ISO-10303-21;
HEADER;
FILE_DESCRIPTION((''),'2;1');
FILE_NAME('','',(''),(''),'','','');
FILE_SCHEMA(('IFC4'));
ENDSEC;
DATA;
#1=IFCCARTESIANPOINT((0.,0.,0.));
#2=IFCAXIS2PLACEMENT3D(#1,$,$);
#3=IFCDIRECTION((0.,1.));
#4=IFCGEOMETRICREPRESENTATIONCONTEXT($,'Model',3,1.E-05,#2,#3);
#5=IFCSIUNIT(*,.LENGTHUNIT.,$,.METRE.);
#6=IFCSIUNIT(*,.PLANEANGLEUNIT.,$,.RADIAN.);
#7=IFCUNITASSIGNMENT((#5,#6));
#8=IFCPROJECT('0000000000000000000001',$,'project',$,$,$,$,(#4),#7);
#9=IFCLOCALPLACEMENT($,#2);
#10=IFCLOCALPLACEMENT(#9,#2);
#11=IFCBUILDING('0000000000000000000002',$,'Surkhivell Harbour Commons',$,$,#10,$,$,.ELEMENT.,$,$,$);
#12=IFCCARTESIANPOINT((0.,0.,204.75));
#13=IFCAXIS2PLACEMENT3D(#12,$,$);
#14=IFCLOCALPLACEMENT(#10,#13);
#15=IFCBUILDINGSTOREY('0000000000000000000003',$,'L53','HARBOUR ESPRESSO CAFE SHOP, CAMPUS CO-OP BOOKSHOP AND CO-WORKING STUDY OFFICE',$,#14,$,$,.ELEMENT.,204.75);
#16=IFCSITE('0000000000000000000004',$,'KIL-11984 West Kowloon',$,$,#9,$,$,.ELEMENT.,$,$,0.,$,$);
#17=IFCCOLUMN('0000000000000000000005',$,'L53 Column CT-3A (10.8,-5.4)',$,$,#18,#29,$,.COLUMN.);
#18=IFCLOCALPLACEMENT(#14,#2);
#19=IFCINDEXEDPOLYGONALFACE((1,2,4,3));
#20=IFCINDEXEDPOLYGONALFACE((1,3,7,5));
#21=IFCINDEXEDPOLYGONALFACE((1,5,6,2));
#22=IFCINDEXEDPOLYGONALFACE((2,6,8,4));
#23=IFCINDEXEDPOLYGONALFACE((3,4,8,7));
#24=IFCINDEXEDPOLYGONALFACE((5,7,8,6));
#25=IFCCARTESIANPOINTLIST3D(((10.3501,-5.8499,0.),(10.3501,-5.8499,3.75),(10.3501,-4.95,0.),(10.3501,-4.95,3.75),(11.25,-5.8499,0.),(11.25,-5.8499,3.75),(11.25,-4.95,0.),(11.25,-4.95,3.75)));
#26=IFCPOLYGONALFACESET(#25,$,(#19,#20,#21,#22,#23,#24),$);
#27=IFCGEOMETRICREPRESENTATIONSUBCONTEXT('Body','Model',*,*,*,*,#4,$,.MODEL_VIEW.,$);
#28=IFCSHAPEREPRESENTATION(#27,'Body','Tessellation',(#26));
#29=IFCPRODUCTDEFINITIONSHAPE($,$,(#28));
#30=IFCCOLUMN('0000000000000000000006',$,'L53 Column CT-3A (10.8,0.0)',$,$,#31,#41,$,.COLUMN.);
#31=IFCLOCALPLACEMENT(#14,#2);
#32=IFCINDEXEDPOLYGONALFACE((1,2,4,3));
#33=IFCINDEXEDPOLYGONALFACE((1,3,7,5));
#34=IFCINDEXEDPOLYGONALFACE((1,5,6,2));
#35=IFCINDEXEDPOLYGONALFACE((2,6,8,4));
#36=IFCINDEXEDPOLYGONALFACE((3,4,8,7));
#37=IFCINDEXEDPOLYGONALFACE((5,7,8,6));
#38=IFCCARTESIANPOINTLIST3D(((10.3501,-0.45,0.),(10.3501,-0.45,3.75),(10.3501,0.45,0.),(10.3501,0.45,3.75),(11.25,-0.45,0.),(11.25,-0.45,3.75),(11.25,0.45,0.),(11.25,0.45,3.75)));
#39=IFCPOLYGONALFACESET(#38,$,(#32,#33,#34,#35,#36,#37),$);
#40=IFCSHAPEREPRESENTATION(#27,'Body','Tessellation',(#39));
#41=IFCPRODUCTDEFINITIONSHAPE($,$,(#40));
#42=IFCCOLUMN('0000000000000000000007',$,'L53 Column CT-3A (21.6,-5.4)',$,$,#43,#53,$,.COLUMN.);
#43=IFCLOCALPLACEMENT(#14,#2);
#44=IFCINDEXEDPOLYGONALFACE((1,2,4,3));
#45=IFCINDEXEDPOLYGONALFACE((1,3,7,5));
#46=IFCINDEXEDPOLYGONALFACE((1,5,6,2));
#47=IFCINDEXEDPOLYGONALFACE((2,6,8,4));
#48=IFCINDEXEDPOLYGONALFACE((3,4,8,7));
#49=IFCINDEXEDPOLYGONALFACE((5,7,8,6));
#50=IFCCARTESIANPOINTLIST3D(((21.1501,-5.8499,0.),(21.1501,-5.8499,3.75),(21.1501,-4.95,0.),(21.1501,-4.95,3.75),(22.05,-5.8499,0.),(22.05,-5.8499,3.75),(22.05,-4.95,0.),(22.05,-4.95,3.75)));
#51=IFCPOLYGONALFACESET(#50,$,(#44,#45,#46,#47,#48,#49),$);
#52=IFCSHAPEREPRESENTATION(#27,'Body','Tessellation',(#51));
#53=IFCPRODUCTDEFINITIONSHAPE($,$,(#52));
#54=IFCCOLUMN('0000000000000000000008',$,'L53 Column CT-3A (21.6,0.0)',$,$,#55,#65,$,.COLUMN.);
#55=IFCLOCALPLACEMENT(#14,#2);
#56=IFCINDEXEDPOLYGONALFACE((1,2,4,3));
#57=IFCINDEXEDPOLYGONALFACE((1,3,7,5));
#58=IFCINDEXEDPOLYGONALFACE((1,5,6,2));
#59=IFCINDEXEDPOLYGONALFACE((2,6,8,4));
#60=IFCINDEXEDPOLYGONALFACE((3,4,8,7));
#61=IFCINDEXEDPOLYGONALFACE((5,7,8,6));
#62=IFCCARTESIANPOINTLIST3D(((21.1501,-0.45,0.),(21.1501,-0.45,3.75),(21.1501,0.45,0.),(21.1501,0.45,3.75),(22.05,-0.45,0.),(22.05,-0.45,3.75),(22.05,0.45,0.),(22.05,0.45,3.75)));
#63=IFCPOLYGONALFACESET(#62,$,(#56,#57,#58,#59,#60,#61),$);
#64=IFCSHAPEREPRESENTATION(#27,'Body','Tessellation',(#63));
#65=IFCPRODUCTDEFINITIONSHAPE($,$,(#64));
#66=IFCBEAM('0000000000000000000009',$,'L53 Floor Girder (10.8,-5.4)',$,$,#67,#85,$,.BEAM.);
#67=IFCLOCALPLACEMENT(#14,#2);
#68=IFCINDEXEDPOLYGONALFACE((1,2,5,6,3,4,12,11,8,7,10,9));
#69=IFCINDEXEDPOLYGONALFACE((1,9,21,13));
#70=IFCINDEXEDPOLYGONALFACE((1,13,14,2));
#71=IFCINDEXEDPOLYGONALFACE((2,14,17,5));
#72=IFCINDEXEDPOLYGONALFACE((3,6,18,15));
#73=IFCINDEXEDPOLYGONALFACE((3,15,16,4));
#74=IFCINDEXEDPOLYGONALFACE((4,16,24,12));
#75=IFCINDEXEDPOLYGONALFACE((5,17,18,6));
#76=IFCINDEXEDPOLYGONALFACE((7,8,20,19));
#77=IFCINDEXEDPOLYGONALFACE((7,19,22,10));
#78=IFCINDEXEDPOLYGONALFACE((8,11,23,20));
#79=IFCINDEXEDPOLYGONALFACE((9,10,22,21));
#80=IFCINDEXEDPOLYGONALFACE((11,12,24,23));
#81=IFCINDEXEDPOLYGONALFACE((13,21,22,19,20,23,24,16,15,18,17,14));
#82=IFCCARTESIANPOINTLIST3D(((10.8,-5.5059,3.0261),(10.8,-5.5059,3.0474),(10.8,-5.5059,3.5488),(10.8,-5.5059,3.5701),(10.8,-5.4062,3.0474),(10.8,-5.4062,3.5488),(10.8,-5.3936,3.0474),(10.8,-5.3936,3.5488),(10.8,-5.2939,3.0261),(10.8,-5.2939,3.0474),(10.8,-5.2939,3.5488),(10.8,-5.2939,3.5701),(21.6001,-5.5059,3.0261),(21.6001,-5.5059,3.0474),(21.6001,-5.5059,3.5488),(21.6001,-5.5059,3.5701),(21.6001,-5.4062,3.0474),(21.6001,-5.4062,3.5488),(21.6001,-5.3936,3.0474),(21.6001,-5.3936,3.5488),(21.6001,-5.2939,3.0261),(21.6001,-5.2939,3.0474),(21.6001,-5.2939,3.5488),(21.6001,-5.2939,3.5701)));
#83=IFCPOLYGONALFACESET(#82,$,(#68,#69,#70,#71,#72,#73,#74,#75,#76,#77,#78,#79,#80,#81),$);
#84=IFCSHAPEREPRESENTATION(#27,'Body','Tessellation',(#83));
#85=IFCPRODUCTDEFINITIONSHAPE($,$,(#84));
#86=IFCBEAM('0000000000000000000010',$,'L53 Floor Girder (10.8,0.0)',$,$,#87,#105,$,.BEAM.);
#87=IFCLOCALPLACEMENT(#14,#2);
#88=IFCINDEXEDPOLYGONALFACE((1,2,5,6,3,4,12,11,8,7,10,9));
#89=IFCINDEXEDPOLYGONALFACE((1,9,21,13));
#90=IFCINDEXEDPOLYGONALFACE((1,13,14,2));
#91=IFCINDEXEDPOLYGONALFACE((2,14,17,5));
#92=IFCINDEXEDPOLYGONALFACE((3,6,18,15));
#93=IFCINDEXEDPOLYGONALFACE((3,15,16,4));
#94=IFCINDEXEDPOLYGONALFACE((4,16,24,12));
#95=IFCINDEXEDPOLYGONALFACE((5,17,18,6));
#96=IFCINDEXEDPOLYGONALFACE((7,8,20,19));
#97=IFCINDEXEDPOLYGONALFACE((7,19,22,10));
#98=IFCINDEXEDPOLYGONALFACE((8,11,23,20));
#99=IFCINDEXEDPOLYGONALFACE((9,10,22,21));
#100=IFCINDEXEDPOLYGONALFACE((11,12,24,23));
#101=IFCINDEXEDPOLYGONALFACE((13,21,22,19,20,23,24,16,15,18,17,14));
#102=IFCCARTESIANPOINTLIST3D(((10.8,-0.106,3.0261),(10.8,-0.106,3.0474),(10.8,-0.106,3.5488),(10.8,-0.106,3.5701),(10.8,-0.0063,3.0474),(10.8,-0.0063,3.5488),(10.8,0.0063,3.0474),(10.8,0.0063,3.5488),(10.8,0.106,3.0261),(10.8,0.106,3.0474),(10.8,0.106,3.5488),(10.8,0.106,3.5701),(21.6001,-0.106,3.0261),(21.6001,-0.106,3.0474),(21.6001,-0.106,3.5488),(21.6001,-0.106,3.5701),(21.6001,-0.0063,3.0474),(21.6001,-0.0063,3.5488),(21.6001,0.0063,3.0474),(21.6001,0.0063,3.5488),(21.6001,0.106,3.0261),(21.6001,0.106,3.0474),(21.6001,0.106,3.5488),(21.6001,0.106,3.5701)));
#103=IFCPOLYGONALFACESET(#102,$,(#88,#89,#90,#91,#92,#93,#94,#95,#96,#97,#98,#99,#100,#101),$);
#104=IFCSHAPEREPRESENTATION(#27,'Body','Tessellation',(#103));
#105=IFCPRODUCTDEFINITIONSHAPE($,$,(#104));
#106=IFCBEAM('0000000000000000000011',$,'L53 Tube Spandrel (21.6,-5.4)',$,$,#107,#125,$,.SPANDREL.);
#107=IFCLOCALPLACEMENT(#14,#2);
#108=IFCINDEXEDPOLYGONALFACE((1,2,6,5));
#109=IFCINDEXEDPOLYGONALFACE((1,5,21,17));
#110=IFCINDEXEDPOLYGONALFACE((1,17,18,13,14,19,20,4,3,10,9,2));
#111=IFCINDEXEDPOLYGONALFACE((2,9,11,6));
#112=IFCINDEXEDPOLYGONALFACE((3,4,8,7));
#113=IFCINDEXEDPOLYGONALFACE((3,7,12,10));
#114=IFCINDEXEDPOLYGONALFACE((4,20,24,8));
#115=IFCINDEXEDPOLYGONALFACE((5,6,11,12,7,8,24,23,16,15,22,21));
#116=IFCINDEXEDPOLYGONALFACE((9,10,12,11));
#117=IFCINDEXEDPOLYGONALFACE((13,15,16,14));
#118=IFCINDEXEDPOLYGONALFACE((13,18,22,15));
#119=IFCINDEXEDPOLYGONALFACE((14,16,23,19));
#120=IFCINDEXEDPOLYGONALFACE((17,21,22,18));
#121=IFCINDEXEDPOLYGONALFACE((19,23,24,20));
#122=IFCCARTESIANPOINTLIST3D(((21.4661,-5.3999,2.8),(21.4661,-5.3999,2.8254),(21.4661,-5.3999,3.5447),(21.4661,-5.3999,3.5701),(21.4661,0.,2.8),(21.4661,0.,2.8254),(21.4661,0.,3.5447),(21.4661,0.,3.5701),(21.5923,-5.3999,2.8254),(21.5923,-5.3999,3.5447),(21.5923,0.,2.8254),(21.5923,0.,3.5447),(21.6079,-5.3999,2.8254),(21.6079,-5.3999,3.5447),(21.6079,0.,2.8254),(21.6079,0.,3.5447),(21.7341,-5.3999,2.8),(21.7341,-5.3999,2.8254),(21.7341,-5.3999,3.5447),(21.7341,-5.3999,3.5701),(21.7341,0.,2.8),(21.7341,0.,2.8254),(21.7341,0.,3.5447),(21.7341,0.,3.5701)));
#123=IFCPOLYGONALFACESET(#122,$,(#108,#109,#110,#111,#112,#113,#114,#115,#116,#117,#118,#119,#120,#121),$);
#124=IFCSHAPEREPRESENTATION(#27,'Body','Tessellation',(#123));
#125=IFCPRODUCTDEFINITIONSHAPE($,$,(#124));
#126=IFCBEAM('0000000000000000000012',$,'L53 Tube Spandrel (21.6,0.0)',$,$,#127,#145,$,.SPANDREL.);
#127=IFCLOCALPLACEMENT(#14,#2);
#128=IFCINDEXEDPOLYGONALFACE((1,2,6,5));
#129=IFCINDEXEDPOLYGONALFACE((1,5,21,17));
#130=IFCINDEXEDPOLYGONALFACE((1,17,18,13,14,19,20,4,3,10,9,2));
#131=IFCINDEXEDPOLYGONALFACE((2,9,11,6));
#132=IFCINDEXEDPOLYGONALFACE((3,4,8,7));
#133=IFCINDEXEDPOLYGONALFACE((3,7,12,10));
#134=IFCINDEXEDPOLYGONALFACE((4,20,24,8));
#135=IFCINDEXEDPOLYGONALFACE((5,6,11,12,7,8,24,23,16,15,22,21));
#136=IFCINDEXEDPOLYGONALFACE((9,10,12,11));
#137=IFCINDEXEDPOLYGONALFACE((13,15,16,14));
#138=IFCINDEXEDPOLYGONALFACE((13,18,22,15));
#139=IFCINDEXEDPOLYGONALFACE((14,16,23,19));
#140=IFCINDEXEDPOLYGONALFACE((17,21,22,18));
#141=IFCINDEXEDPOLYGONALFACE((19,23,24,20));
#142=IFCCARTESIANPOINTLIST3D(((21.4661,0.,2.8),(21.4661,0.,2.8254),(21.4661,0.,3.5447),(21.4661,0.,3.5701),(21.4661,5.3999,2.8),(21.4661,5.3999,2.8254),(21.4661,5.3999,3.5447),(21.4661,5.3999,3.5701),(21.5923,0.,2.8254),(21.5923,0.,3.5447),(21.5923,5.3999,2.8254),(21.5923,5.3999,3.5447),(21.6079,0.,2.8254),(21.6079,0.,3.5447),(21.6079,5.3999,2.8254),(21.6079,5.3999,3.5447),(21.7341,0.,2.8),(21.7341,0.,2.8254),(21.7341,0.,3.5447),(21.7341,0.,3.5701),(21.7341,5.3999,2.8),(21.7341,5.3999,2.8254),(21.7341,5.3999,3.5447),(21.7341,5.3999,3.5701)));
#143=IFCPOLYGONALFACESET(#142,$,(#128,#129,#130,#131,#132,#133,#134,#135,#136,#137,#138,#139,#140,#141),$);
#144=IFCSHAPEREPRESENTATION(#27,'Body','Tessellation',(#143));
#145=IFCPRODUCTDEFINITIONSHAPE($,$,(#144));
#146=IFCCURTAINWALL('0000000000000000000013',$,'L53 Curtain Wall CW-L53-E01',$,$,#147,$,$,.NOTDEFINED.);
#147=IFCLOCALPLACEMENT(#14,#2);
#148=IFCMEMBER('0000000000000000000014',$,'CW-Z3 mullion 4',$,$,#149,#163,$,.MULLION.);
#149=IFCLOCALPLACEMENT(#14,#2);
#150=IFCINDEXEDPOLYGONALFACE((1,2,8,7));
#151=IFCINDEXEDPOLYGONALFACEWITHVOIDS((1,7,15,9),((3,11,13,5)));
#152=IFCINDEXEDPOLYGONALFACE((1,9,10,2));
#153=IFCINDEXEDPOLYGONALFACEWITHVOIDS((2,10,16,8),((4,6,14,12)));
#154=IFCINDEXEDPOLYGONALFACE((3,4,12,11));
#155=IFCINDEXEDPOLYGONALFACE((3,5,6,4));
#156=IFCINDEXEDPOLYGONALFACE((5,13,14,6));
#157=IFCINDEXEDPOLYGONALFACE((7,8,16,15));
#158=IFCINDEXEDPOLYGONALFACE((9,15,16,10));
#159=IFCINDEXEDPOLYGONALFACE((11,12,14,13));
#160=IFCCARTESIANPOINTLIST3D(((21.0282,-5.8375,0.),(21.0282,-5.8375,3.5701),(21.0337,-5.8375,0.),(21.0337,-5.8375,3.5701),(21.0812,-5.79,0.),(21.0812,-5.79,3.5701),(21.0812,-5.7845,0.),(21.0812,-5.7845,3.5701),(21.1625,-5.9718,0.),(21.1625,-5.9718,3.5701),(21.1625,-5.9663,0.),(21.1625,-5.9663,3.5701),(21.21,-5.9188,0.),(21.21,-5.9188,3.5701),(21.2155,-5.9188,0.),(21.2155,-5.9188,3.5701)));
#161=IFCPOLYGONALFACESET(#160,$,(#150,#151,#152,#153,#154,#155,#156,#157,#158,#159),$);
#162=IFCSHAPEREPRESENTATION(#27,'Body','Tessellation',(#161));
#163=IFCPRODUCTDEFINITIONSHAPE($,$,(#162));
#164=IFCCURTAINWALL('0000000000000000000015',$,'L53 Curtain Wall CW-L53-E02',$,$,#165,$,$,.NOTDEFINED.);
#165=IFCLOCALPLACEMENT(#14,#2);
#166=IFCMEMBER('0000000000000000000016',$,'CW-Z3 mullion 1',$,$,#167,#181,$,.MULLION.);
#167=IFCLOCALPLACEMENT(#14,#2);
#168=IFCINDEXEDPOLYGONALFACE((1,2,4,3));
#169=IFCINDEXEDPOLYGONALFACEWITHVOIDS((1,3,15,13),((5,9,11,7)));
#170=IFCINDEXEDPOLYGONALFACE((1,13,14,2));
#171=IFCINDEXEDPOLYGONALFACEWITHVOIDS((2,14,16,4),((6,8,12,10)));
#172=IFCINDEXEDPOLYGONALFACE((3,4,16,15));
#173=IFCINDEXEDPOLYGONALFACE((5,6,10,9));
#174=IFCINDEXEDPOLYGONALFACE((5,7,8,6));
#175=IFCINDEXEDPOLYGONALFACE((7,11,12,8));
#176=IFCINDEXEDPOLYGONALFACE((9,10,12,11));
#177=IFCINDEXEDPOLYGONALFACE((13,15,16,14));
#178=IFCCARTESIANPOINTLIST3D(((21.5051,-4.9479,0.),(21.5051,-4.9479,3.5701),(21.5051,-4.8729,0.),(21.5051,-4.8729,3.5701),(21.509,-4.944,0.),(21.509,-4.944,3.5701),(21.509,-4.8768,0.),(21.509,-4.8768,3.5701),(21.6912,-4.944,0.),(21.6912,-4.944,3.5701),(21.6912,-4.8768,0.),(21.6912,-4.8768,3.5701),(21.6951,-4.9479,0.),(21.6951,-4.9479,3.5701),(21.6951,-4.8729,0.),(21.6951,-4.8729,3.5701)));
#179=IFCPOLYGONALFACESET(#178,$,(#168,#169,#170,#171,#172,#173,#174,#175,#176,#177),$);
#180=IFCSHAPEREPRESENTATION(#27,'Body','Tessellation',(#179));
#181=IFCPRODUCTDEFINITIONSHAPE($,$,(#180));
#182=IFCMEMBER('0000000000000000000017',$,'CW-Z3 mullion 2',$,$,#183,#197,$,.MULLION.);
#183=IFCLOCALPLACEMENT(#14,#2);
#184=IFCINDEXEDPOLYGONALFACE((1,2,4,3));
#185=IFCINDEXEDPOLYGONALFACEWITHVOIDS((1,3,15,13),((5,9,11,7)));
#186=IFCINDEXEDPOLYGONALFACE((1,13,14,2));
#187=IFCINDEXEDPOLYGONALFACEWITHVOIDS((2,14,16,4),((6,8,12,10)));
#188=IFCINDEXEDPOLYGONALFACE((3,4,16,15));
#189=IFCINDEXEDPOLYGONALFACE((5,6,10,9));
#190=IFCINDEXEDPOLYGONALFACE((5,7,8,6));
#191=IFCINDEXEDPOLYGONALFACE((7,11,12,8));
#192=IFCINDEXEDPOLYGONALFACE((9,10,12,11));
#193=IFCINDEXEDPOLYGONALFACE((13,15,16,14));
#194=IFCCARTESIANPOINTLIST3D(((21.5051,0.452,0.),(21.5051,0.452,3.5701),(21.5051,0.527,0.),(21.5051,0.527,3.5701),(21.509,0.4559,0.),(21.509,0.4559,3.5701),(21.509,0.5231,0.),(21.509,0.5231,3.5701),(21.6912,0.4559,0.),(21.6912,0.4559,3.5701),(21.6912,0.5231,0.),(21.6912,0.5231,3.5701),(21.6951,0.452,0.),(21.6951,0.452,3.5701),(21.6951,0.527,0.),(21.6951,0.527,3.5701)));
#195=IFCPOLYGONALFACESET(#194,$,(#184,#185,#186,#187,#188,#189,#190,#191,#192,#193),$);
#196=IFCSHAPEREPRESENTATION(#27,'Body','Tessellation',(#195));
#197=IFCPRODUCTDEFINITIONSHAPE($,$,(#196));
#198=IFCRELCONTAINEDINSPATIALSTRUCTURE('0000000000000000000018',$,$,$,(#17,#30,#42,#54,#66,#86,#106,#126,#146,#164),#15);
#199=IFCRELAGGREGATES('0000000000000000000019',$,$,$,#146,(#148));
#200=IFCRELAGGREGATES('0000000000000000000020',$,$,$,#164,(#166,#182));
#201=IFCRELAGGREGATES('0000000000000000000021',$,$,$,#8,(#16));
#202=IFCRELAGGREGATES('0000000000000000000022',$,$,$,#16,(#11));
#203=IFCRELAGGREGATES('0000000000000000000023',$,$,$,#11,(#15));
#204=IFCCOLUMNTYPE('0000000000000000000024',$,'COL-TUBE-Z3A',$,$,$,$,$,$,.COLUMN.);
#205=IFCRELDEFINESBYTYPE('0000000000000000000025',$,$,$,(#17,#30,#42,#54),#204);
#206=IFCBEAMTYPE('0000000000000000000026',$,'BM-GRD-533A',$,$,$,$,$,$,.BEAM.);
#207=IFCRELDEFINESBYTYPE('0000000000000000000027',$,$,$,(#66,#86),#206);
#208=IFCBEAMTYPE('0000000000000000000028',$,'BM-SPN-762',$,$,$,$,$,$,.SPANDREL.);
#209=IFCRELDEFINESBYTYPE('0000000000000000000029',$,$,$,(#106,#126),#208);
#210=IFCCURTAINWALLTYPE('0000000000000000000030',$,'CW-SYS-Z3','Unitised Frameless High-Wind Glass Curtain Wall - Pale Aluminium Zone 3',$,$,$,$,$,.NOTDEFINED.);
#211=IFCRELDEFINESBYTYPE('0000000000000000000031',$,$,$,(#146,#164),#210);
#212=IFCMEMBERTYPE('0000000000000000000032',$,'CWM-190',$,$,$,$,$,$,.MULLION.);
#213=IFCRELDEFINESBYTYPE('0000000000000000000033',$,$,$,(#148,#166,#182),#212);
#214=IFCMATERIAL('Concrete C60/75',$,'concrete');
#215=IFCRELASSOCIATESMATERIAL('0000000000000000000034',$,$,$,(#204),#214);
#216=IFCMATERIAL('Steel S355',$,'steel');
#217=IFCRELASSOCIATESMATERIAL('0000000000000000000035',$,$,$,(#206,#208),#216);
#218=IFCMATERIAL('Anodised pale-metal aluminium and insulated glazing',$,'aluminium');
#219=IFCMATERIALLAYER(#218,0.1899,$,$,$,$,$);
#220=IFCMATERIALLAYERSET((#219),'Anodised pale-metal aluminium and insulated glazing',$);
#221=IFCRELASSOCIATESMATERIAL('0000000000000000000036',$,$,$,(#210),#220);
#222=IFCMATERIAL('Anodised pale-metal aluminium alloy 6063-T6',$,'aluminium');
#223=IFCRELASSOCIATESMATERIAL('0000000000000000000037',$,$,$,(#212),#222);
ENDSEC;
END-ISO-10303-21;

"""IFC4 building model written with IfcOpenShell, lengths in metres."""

from ifc_helpers import new_model, si_unit, direction, frame, origin, origin_2d, place, context, subcontext, project, spatial, rectangle, hollow_rectangle, i_section, extrude, material, layer, layer_set, material_profile, profile_set, type_object, element, aggregate, save


model = new_model("IFC4")

# Units and contexts
model_context = context("Model", 3, precision=1e-05, world=origin(), true_north=direction((0.0, 1.0)))
body_context = subcontext(model_context, "Body", "Model", "MODEL_VIEW")
ifc_project = project(units=[si_unit("LENGTHUNIT", "METRE"), si_unit("PLANEANGLEUNIT", "RADIAN")], contexts=[model_context])

# Site, building, storey
site_placement = place(None, origin())
site = spatial("IfcSite", under=ifc_project, at=site_placement, Name="KIL-11984 West Kowloon", CompositionType="ELEMENT", RefElevation=0.0)
building_placement = place(site_placement, origin())
building = spatial("IfcBuilding", under=site, at=building_placement, Name="Surkhivell Harbour Commons", CompositionType="ELEMENT")
storey_placement = place(building_placement, frame((0.0, 0.0, 204.75)))
storey = spatial("IfcBuildingStorey", under=building, at=storey_placement, Name="L53", Description="HARBOUR ESPRESSO CAFE SHOP, CAMPUS CO-OP BOOKSHOP AND CO-WORKING STUDY OFFICE", CompositionType="ELEMENT", Elevation=204.75)

# Columns
ifc_material_1 = material(Name="Concrete C60/75", Category="concrete")
ifc_material_profile_1 = material_profile(ifc_material_1, rectangle(XDim=0.8999, YDim=0.8999, at=origin_2d()), Name="RC-COL-900x900")
ifc_profile_set_1 = profile_set([ifc_material_profile_1], Name="Concrete C60/75")
column_type = type_object("IfcColumnType", Name="COL-TUBE-Z3A", PredefinedType="COLUMN", material=ifc_profile_set_1)
for number, where, z_axis, x_axis, name in (
    (1, (10.8, -5.3999, 0.0), (0.0, 0.0, 1.0), (1.0, 0.0, 0.0), "L53 Column CT-3A (10.8,-5.4)"),
    (2, (10.8, 0.0, 0.0), (0.0, 0.0, 1.0), (1.0, 0.0, 0.0), "L53 Column CT-3A (10.8,0.0)"),
    (3, (21.6001, -5.3999, 0.0), (0.0, 0.0, 1.0), (1.0, 0.0, 0.0), "L53 Column CT-3A (21.6,-5.4)"),
    (4, (21.6001, 0.0, 0.0), (0.0, 0.0, 1.0), (1.0, 0.0, 0.0), "L53 Column CT-3A (21.6,0.0)"),
):
    element("IfcColumn", number, at=place(storey_placement, frame(where, z_axis=z_axis, x_axis=x_axis)), inside=storey, type_object=column_type, Name=name, PredefinedType="COLUMN", context=body_context, shape_type="SweptSolid", body=[
        extrude(rectangle(XDim=0.8999, YDim=0.8999, at=origin_2d()), origin(), (0.0, 0.0, 1.0), 3.75),
    ])

# Beams
ifc_material_2 = material(Name="Steel S355", Category="steel")
ifc_material_profile_2 = material_profile(ifc_material_2, i_section(OverallWidth=0.2119, OverallDepth=0.5439, WebThickness=0.0127, FlangeThickness=0.0212, at=origin_2d()), Name="UB533x210x122")
ifc_profile_set_2 = profile_set([ifc_material_profile_2], Name="Steel S355")
beam_type_1 = type_object("IfcBeamType", Name="BM-GRD-533A", PredefinedType="BEAM", material=ifc_profile_set_2)
for number, where, z_axis, x_axis, name in (
    (5, (10.8, -5.3999, 3.2981), (1.0, 0.0, 0.0), (0.0, 1.0, 0.0), "L53 Floor Girder (10.8,-5.4)"),
    (6, (10.8, 0.0, 3.2981), (1.0, 0.0, 0.0), (0.0, 1.0, 0.0), "L53 Floor Girder (10.8,0.0)"),
):
    element("IfcBeam", number, at=place(storey_placement, frame(where, z_axis=z_axis, x_axis=x_axis)), inside=storey, type_object=beam_type_1, Name=name, PredefinedType="BEAM", context=body_context, shape_type="SweptSolid", body=[
        extrude(i_section(OverallWidth=0.2119, OverallDepth=0.5439, WebThickness=0.0127, FlangeThickness=0.0212, at=origin_2d()), origin(), (0.0, 0.0, 1.0), 10.8),
    ])
ifc_material_profile_3 = material_profile(ifc_material_2, i_section(OverallWidth=0.2681, OverallDepth=0.77, WebThickness=0.0156, FlangeThickness=0.0254, at=origin_2d()), Name="UB762x267x197")
ifc_profile_set_3 = profile_set([ifc_material_profile_3], Name="Steel S355")
beam_type_2 = type_object("IfcBeamType", Name="BM-SPN-762", PredefinedType="SPANDREL", material=ifc_profile_set_3)
for number, where, z_axis, x_axis, name in (
    (7, (21.6001, -5.3999, 3.1851), (0.0, 1.0, 0.0), (-1.0, 0.0, 0.0), "L53 Tube Spandrel (21.6,-5.4)"),
    (8, (21.6001, 0.0, 3.1851), (0.0, 1.0, 0.0), (-1.0, 0.0, 0.0), "L53 Tube Spandrel (21.6,0.0)"),
):
    element("IfcBeam", number, at=place(storey_placement, frame(where, z_axis=z_axis, x_axis=x_axis)), inside=storey, type_object=beam_type_2, Name=name, PredefinedType="SPANDREL", context=body_context, shape_type="SweptSolid", body=[
        extrude(i_section(OverallWidth=0.2681, OverallDepth=0.77, WebThickness=0.0156, FlangeThickness=0.0254, at=origin_2d()), origin(), (0.0, 0.0, 1.0), 5.3999),
    ])

# Curtain wall, member
ifc_material_3 = material(Name="Anodised pale-metal aluminium and insulated glazing", Category="aluminium")
ifc_layer_1 = layer(ifc_material_3, 0.1899)
ifc_layer_set_1 = layer_set([ifc_layer_1], Name="Anodised pale-metal aluminium and insulated glazing")
curtain_wall_type = type_object("IfcCurtainWallType", Name="CW-SYS-Z3", Description="Unitised Frameless High-Wind Glass Curtain Wall - Pale Aluminium Zone 3", PredefinedType="NOTDEFINED", material=ifc_layer_set_1)
curtain_wall_1_placement = place(storey_placement, origin())
curtain_wall_1 = element("IfcCurtainWall", 9, at=curtain_wall_1_placement, inside=storey, type_object=curtain_wall_type, Name="L53 Curtain Wall CW-L53-E01", PredefinedType="NOTDEFINED")
ifc_material_4 = material(Name="Anodised pale-metal aluminium alloy 6063-T6", Category="aluminium")
ifc_material_profile_4 = material_profile(ifc_material_4, hollow_rectangle(XDim=0.075, YDim=0.1899, WallThickness=0.0039, at=origin_2d()), Name="ALU-MULL-75x190")
ifc_profile_set_4 = profile_set([ifc_material_profile_4], Name="Anodised pale-metal aluminium alloy 6063-T6")
member_type_1 = type_object("IfcMemberType", Name="CWM-190", PredefinedType="MULLION", material=ifc_profile_set_4)
member_1_placement = place(storey_placement, frame((21.1218, -5.8782, 0.0), z_axis=(0.0, 0.0, 1.0), x_axis=(0.707107, 0.707107, 0.0)))
member_1 = element("IfcMember", 10, at=member_1_placement, type_object=member_type_1, Name="CW-Z3 mullion 4", PredefinedType="MULLION", context=body_context, shape_type="SweptSolid", body=[
    extrude(hollow_rectangle(XDim=0.075, YDim=0.1899, WallThickness=0.0039, at=origin_2d()), origin(), (0.0, 0.0, 1.0), 3.5701),
])
aggregate(curtain_wall_1, [member_1])

# Curtain wall, members
curtain_wall_2_placement = place(storey_placement, origin())
curtain_wall_2 = element("IfcCurtainWall", 11, at=curtain_wall_2_placement, inside=storey, type_object=curtain_wall_type, Name="L53 Curtain Wall CW-L53-E02", PredefinedType="NOTDEFINED")
member_2_placement = place(storey_placement, frame((21.6001, -4.9104, 0.0), z_axis=(0.0, 0.0, 1.0), x_axis=(0.0, 1.0, 0.0)))
member_2 = element("IfcMember", 12, at=member_2_placement, type_object=member_type_1, Name="CW-Z3 mullion 1", PredefinedType="MULLION", context=body_context, shape_type="SweptSolid", body=[
    extrude(hollow_rectangle(XDim=0.075, YDim=0.1899, WallThickness=0.0039, at=origin_2d()), origin(), (0.0, 0.0, 1.0), 3.5701),
])
member_3_placement = place(storey_placement, frame((21.6001, 0.4895, 0.0), z_axis=(0.0, 0.0, 1.0), x_axis=(0.0, 1.0, 0.0)))
member_3 = element("IfcMember", 13, at=member_3_placement, type_object=member_type_1, Name="CW-Z3 mullion 2", PredefinedType="MULLION", context=body_context, shape_type="SweptSolid", body=[
    extrude(hollow_rectangle(XDim=0.075, YDim=0.1899, WallThickness=0.0039, at=origin_2d()), origin(), (0.0, 0.0, 1.0), 3.5701),
])
aggregate(curtain_wall_2, [member_2, member_3])

save(model, "model.ifc")
